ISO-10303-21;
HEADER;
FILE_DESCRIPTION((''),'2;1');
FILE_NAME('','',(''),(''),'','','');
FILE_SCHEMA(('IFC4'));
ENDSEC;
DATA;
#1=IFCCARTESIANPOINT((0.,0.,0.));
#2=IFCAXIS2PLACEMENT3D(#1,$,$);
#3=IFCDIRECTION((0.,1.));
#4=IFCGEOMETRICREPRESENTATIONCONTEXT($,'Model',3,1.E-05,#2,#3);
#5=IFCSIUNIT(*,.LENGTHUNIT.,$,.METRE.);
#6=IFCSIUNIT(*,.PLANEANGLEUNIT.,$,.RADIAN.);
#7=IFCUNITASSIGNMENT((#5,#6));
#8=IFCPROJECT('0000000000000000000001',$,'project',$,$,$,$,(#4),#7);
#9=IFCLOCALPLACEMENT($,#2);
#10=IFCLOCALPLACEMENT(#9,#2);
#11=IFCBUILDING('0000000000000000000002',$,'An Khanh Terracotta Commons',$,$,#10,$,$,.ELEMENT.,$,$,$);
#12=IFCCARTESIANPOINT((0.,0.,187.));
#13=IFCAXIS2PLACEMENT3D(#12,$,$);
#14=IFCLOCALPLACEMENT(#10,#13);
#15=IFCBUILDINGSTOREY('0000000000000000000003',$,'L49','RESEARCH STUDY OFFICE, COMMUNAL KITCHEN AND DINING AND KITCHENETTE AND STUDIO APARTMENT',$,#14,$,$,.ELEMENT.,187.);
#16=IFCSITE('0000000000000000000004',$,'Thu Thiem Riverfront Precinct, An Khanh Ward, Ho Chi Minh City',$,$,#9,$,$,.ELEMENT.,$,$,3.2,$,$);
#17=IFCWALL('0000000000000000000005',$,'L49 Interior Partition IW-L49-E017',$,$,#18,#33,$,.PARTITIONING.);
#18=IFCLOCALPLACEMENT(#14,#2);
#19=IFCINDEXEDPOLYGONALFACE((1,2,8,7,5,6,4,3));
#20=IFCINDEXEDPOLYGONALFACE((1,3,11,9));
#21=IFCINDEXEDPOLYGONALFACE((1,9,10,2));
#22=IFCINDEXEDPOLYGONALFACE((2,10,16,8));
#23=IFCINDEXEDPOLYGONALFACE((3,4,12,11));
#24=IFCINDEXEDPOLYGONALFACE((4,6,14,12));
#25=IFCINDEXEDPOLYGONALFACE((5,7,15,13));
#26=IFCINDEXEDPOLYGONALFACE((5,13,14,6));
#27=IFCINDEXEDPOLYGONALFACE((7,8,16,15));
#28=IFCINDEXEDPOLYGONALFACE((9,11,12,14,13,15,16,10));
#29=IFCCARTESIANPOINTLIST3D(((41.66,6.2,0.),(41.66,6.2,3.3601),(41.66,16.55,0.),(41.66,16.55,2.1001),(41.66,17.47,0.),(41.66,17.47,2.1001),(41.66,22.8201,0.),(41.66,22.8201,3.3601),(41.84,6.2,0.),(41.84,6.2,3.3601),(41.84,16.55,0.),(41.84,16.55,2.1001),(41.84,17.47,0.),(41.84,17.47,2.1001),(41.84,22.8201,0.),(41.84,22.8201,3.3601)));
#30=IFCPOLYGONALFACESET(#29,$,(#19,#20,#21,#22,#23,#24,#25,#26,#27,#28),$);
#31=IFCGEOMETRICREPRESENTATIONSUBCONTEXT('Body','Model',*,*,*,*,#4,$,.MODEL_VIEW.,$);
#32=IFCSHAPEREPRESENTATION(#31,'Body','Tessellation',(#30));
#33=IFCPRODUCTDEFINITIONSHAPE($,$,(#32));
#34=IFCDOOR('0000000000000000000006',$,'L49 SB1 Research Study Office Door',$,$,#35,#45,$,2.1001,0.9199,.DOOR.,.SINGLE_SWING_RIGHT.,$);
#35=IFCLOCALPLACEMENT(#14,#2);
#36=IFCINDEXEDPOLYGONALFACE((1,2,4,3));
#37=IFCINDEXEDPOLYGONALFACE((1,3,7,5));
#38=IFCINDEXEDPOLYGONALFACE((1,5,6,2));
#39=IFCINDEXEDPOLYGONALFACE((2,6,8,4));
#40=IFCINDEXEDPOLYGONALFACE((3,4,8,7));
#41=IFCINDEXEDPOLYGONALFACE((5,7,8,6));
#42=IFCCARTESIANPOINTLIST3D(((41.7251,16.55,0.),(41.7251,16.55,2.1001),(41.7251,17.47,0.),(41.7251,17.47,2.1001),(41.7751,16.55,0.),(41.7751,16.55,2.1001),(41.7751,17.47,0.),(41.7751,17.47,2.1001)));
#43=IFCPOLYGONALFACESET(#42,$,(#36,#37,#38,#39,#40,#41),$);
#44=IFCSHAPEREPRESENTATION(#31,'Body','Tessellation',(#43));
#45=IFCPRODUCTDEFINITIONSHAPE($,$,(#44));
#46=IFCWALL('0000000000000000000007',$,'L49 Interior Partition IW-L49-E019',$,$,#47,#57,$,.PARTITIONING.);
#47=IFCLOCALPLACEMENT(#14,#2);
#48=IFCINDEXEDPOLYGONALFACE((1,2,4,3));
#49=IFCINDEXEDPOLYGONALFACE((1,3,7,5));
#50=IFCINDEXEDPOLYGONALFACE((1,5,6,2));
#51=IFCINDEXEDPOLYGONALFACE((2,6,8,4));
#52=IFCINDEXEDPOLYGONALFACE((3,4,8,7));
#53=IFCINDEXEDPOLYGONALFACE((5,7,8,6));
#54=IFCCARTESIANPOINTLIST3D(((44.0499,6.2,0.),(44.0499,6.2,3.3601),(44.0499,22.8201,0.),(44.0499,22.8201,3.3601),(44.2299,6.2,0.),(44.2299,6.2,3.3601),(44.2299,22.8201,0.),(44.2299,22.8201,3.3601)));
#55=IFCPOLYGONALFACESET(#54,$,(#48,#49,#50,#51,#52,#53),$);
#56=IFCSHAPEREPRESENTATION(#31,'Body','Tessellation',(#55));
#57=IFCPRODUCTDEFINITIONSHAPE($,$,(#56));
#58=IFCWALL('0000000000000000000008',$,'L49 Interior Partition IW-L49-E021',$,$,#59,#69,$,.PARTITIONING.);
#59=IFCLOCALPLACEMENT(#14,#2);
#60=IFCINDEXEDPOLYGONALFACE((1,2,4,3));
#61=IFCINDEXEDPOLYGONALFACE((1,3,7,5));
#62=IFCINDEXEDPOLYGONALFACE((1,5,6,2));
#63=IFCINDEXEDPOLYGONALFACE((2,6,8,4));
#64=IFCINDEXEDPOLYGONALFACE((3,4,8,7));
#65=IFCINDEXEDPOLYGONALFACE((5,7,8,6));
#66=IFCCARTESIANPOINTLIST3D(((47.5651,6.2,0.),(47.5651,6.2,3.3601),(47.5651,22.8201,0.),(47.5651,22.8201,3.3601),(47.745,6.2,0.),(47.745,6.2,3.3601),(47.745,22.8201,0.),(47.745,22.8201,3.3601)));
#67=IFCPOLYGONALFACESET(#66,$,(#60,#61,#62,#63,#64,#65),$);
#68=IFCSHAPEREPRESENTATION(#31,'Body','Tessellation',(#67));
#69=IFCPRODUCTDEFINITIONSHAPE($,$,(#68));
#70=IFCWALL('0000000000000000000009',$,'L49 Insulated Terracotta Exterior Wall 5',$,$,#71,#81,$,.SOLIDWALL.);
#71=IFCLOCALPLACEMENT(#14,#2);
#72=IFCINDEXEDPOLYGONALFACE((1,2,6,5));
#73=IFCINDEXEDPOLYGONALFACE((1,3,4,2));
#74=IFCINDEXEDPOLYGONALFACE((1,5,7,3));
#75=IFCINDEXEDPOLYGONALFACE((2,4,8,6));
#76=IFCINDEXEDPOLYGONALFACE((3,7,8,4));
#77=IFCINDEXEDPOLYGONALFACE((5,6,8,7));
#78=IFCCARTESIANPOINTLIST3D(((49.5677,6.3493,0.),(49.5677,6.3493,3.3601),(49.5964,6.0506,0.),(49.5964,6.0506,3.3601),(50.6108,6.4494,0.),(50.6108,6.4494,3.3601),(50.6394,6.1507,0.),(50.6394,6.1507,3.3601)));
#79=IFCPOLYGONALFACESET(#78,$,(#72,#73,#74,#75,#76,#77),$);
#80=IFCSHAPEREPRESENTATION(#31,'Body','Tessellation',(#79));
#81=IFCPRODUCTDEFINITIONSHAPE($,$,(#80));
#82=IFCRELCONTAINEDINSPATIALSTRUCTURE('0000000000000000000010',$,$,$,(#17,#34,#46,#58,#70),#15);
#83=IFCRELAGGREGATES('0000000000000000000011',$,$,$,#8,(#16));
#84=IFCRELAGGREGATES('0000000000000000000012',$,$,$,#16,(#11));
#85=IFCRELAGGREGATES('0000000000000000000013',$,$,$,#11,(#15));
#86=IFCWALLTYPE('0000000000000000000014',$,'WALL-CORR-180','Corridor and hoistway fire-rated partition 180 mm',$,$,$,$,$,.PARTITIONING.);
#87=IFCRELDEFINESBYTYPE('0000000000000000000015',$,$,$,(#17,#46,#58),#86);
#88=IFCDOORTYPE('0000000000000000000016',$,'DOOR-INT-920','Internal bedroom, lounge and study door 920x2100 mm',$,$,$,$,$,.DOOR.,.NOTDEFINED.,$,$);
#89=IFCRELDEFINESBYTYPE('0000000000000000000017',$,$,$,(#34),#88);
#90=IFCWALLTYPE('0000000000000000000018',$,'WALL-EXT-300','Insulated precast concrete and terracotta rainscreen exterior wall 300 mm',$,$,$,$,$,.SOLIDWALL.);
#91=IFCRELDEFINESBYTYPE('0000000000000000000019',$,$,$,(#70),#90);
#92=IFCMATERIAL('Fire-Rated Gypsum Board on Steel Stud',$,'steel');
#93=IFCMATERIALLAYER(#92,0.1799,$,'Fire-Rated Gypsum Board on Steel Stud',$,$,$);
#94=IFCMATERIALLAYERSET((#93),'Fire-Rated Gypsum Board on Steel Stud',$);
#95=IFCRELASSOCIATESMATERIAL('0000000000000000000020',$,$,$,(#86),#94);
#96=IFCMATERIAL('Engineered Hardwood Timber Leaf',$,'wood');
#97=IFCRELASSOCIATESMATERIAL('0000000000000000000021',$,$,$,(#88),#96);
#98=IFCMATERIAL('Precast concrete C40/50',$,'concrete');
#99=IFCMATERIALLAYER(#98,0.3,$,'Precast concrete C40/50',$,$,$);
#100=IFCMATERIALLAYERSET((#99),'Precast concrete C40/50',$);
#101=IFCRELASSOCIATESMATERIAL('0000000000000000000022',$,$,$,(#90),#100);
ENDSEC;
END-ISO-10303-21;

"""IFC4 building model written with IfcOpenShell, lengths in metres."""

from ifc_helpers import new_model, si_unit, direction, frame, frame_2d, origin, place, context, subcontext, project, spatial, rectangle, extrude, material, layer, layer_set, type_object, element, fill, save


model = new_model("IFC4")

# Units and contexts
model_context = context("Model", 3, precision=1e-05, world=origin(), true_north=direction((0.0, 1.0)))
body_context = subcontext(model_context, "Body", "Model", "MODEL_VIEW")
ifc_project = project(units=[si_unit("LENGTHUNIT", "METRE"), si_unit("PLANEANGLEUNIT", "RADIAN")], contexts=[model_context])

# Site, building, storey
site_placement = place(None, origin())
site = spatial("IfcSite", under=ifc_project, at=site_placement, Name="Thu Thiem Riverfront Precinct, An Khanh Ward, Ho Chi Minh City", CompositionType="ELEMENT", RefElevation=3.2)
building_placement = place(site_placement, origin())
building = spatial("IfcBuilding", under=site, at=building_placement, Name="An Khanh Terracotta Commons", CompositionType="ELEMENT")
storey_placement = place(building_placement, frame((0.0, 0.0, 187.0)))
storey = spatial("IfcBuildingStorey", under=building, at=storey_placement, Name="L49", Description="RESEARCH STUDY OFFICE, COMMUNAL KITCHEN AND DINING AND KITCHENETTE AND STUDIO APARTMENT", CompositionType="ELEMENT", Elevation=187.0)

# Shared definitions
ifc_material_1 = material(Name="Fire-Rated Gypsum Board on Steel Stud", Category="steel")
ifc_layer_1 = layer(ifc_material_1, 0.1799, Name="Fire-Rated Gypsum Board on Steel Stud")
ifc_layer_set_1 = layer_set([ifc_layer_1], Name="Fire-Rated Gypsum Board on Steel Stud")
wall_type_1 = type_object("IfcWallType", Name="WALL-CORR-180", Description="Corridor and hoistway fire-rated partition 180 mm", PredefinedType="PARTITIONING", material=ifc_layer_set_1)
ifc_material_2 = material(Name="Engineered Hardwood Timber Leaf", Category="wood")
door_type_1 = type_object("IfcDoorType", Name="DOOR-INT-920", Description="Internal bedroom, lounge and study door 920x2100 mm", OperationType="NOTDEFINED", PredefinedType="DOOR", material=ifc_material_2)

# Wall, opening, door
wall_1_placement = place(storey_placement, frame((41.75, 6.2, 0.0), z_axis=(0.0, 0.0, 1.0), x_axis=(0.0, 1.0, 0.0)))
wall_1 = element("IfcWall", 1, at=wall_1_placement, inside=storey, type_object=wall_type_1, Name="L49 Interior Partition IW-L49-E017", PredefinedType="PARTITIONING", context=body_context, shape_type="SweptSolid", body=[
    extrude(rectangle(XDim=16.6201, YDim=0.1799, at=frame_2d((8.3101, 0.0))), origin(), (0.0, 0.0, 1.0), 3.3601),
])
opening_1_placement = place(wall_1_placement, frame((10.3501, 0.0, 0.0)))
opening_1 = element("IfcOpeningElement", 2, at=opening_1_placement, cuts=wall_1, PredefinedType="OPENING", context=body_context, shape_type="SweptSolid", body=[
    extrude(rectangle(XDim=0.9199, YDim=2.1001, at=frame_2d((0.46, 1.05))), frame((0.0, 0.0999, 0.0), z_axis=(0.0, -1.0, 0.0), x_axis=(1.0, 0.0, 0.0)), (0.0, 0.0, 1.0), 0.2),
])
door_1_placement = place(opening_1_placement, origin())
door_1 = element("IfcDoor", 3, at=door_1_placement, inside=storey, type_object=door_type_1, Name="L49 SB1 Research Study Office Door", OperationType="SINGLE_SWING_RIGHT", OverallHeight=2.1001, OverallWidth=0.9199, PredefinedType="DOOR", context=body_context, shape_type="SweptSolid", body=[
    extrude(rectangle(XDim=0.9199, YDim=2.1001, at=frame_2d((0.46, 1.05))), frame((0.0, 0.0249, 0.0), z_axis=(0.0, -1.0, 0.0), x_axis=(1.0, 0.0, 0.0)), (0.0, 0.0, 1.0), 0.05),
])
fill(opening_1, door_1)

# Walls
for number, where, z_axis, x_axis, name in (
    (4, (44.1399, 6.2, 0.0), (0.0, 0.0, 1.0), (0.0, 1.0, 0.0), "L49 Interior Partition IW-L49-E019"),
    (5, (47.655, 6.2, 0.0), (0.0, 0.0, 1.0), (0.0, 1.0, 0.0), "L49 Interior Partition IW-L49-E021"),
):
    element("IfcWall", number, at=place(storey_placement, frame(where, z_axis=z_axis, x_axis=x_axis)), inside=storey, type_object=wall_type_1, Name=name, PredefinedType="PARTITIONING", context=body_context, shape_type="SweptSolid", body=[
        extrude(rectangle(XDim=16.6201, YDim=0.1799, at=frame_2d((8.3101, 0.0))), origin(), (0.0, 0.0, 1.0), 3.3601),
    ])
ifc_material_3 = material(Name="Precast concrete C40/50", Category="concrete")
ifc_layer_2 = layer(ifc_material_3, 0.3, Name="Precast concrete C40/50")
ifc_layer_set_2 = layer_set([ifc_layer_2], Name="Precast concrete C40/50")
wall_type_2 = type_object("IfcWallType", Name="WALL-EXT-300", Description="Insulated precast concrete and terracotta rainscreen exterior wall 300 mm", PredefinedType="SOLIDWALL", material=ifc_layer_set_2)
wall_2_placement = place(storey_placement, frame((49.582, 6.2, 0.0), z_axis=(0.0, 0.0, 1.0), x_axis=(0.995426, 0.095535, 0.0)))
element("IfcWall", 6, at=wall_2_placement, inside=storey, type_object=wall_type_2, Name="L49 Insulated Terracotta Exterior Wall 5", PredefinedType="SOLIDWALL", context=body_context, shape_type="SweptSolid", body=[
    extrude(rectangle(XDim=1.0479, YDim=0.3, at=frame_2d((0.5239, 0.0))), origin(), (0.0, 0.0, 1.0), 3.3601),
])

save(model, "model.ifc")
